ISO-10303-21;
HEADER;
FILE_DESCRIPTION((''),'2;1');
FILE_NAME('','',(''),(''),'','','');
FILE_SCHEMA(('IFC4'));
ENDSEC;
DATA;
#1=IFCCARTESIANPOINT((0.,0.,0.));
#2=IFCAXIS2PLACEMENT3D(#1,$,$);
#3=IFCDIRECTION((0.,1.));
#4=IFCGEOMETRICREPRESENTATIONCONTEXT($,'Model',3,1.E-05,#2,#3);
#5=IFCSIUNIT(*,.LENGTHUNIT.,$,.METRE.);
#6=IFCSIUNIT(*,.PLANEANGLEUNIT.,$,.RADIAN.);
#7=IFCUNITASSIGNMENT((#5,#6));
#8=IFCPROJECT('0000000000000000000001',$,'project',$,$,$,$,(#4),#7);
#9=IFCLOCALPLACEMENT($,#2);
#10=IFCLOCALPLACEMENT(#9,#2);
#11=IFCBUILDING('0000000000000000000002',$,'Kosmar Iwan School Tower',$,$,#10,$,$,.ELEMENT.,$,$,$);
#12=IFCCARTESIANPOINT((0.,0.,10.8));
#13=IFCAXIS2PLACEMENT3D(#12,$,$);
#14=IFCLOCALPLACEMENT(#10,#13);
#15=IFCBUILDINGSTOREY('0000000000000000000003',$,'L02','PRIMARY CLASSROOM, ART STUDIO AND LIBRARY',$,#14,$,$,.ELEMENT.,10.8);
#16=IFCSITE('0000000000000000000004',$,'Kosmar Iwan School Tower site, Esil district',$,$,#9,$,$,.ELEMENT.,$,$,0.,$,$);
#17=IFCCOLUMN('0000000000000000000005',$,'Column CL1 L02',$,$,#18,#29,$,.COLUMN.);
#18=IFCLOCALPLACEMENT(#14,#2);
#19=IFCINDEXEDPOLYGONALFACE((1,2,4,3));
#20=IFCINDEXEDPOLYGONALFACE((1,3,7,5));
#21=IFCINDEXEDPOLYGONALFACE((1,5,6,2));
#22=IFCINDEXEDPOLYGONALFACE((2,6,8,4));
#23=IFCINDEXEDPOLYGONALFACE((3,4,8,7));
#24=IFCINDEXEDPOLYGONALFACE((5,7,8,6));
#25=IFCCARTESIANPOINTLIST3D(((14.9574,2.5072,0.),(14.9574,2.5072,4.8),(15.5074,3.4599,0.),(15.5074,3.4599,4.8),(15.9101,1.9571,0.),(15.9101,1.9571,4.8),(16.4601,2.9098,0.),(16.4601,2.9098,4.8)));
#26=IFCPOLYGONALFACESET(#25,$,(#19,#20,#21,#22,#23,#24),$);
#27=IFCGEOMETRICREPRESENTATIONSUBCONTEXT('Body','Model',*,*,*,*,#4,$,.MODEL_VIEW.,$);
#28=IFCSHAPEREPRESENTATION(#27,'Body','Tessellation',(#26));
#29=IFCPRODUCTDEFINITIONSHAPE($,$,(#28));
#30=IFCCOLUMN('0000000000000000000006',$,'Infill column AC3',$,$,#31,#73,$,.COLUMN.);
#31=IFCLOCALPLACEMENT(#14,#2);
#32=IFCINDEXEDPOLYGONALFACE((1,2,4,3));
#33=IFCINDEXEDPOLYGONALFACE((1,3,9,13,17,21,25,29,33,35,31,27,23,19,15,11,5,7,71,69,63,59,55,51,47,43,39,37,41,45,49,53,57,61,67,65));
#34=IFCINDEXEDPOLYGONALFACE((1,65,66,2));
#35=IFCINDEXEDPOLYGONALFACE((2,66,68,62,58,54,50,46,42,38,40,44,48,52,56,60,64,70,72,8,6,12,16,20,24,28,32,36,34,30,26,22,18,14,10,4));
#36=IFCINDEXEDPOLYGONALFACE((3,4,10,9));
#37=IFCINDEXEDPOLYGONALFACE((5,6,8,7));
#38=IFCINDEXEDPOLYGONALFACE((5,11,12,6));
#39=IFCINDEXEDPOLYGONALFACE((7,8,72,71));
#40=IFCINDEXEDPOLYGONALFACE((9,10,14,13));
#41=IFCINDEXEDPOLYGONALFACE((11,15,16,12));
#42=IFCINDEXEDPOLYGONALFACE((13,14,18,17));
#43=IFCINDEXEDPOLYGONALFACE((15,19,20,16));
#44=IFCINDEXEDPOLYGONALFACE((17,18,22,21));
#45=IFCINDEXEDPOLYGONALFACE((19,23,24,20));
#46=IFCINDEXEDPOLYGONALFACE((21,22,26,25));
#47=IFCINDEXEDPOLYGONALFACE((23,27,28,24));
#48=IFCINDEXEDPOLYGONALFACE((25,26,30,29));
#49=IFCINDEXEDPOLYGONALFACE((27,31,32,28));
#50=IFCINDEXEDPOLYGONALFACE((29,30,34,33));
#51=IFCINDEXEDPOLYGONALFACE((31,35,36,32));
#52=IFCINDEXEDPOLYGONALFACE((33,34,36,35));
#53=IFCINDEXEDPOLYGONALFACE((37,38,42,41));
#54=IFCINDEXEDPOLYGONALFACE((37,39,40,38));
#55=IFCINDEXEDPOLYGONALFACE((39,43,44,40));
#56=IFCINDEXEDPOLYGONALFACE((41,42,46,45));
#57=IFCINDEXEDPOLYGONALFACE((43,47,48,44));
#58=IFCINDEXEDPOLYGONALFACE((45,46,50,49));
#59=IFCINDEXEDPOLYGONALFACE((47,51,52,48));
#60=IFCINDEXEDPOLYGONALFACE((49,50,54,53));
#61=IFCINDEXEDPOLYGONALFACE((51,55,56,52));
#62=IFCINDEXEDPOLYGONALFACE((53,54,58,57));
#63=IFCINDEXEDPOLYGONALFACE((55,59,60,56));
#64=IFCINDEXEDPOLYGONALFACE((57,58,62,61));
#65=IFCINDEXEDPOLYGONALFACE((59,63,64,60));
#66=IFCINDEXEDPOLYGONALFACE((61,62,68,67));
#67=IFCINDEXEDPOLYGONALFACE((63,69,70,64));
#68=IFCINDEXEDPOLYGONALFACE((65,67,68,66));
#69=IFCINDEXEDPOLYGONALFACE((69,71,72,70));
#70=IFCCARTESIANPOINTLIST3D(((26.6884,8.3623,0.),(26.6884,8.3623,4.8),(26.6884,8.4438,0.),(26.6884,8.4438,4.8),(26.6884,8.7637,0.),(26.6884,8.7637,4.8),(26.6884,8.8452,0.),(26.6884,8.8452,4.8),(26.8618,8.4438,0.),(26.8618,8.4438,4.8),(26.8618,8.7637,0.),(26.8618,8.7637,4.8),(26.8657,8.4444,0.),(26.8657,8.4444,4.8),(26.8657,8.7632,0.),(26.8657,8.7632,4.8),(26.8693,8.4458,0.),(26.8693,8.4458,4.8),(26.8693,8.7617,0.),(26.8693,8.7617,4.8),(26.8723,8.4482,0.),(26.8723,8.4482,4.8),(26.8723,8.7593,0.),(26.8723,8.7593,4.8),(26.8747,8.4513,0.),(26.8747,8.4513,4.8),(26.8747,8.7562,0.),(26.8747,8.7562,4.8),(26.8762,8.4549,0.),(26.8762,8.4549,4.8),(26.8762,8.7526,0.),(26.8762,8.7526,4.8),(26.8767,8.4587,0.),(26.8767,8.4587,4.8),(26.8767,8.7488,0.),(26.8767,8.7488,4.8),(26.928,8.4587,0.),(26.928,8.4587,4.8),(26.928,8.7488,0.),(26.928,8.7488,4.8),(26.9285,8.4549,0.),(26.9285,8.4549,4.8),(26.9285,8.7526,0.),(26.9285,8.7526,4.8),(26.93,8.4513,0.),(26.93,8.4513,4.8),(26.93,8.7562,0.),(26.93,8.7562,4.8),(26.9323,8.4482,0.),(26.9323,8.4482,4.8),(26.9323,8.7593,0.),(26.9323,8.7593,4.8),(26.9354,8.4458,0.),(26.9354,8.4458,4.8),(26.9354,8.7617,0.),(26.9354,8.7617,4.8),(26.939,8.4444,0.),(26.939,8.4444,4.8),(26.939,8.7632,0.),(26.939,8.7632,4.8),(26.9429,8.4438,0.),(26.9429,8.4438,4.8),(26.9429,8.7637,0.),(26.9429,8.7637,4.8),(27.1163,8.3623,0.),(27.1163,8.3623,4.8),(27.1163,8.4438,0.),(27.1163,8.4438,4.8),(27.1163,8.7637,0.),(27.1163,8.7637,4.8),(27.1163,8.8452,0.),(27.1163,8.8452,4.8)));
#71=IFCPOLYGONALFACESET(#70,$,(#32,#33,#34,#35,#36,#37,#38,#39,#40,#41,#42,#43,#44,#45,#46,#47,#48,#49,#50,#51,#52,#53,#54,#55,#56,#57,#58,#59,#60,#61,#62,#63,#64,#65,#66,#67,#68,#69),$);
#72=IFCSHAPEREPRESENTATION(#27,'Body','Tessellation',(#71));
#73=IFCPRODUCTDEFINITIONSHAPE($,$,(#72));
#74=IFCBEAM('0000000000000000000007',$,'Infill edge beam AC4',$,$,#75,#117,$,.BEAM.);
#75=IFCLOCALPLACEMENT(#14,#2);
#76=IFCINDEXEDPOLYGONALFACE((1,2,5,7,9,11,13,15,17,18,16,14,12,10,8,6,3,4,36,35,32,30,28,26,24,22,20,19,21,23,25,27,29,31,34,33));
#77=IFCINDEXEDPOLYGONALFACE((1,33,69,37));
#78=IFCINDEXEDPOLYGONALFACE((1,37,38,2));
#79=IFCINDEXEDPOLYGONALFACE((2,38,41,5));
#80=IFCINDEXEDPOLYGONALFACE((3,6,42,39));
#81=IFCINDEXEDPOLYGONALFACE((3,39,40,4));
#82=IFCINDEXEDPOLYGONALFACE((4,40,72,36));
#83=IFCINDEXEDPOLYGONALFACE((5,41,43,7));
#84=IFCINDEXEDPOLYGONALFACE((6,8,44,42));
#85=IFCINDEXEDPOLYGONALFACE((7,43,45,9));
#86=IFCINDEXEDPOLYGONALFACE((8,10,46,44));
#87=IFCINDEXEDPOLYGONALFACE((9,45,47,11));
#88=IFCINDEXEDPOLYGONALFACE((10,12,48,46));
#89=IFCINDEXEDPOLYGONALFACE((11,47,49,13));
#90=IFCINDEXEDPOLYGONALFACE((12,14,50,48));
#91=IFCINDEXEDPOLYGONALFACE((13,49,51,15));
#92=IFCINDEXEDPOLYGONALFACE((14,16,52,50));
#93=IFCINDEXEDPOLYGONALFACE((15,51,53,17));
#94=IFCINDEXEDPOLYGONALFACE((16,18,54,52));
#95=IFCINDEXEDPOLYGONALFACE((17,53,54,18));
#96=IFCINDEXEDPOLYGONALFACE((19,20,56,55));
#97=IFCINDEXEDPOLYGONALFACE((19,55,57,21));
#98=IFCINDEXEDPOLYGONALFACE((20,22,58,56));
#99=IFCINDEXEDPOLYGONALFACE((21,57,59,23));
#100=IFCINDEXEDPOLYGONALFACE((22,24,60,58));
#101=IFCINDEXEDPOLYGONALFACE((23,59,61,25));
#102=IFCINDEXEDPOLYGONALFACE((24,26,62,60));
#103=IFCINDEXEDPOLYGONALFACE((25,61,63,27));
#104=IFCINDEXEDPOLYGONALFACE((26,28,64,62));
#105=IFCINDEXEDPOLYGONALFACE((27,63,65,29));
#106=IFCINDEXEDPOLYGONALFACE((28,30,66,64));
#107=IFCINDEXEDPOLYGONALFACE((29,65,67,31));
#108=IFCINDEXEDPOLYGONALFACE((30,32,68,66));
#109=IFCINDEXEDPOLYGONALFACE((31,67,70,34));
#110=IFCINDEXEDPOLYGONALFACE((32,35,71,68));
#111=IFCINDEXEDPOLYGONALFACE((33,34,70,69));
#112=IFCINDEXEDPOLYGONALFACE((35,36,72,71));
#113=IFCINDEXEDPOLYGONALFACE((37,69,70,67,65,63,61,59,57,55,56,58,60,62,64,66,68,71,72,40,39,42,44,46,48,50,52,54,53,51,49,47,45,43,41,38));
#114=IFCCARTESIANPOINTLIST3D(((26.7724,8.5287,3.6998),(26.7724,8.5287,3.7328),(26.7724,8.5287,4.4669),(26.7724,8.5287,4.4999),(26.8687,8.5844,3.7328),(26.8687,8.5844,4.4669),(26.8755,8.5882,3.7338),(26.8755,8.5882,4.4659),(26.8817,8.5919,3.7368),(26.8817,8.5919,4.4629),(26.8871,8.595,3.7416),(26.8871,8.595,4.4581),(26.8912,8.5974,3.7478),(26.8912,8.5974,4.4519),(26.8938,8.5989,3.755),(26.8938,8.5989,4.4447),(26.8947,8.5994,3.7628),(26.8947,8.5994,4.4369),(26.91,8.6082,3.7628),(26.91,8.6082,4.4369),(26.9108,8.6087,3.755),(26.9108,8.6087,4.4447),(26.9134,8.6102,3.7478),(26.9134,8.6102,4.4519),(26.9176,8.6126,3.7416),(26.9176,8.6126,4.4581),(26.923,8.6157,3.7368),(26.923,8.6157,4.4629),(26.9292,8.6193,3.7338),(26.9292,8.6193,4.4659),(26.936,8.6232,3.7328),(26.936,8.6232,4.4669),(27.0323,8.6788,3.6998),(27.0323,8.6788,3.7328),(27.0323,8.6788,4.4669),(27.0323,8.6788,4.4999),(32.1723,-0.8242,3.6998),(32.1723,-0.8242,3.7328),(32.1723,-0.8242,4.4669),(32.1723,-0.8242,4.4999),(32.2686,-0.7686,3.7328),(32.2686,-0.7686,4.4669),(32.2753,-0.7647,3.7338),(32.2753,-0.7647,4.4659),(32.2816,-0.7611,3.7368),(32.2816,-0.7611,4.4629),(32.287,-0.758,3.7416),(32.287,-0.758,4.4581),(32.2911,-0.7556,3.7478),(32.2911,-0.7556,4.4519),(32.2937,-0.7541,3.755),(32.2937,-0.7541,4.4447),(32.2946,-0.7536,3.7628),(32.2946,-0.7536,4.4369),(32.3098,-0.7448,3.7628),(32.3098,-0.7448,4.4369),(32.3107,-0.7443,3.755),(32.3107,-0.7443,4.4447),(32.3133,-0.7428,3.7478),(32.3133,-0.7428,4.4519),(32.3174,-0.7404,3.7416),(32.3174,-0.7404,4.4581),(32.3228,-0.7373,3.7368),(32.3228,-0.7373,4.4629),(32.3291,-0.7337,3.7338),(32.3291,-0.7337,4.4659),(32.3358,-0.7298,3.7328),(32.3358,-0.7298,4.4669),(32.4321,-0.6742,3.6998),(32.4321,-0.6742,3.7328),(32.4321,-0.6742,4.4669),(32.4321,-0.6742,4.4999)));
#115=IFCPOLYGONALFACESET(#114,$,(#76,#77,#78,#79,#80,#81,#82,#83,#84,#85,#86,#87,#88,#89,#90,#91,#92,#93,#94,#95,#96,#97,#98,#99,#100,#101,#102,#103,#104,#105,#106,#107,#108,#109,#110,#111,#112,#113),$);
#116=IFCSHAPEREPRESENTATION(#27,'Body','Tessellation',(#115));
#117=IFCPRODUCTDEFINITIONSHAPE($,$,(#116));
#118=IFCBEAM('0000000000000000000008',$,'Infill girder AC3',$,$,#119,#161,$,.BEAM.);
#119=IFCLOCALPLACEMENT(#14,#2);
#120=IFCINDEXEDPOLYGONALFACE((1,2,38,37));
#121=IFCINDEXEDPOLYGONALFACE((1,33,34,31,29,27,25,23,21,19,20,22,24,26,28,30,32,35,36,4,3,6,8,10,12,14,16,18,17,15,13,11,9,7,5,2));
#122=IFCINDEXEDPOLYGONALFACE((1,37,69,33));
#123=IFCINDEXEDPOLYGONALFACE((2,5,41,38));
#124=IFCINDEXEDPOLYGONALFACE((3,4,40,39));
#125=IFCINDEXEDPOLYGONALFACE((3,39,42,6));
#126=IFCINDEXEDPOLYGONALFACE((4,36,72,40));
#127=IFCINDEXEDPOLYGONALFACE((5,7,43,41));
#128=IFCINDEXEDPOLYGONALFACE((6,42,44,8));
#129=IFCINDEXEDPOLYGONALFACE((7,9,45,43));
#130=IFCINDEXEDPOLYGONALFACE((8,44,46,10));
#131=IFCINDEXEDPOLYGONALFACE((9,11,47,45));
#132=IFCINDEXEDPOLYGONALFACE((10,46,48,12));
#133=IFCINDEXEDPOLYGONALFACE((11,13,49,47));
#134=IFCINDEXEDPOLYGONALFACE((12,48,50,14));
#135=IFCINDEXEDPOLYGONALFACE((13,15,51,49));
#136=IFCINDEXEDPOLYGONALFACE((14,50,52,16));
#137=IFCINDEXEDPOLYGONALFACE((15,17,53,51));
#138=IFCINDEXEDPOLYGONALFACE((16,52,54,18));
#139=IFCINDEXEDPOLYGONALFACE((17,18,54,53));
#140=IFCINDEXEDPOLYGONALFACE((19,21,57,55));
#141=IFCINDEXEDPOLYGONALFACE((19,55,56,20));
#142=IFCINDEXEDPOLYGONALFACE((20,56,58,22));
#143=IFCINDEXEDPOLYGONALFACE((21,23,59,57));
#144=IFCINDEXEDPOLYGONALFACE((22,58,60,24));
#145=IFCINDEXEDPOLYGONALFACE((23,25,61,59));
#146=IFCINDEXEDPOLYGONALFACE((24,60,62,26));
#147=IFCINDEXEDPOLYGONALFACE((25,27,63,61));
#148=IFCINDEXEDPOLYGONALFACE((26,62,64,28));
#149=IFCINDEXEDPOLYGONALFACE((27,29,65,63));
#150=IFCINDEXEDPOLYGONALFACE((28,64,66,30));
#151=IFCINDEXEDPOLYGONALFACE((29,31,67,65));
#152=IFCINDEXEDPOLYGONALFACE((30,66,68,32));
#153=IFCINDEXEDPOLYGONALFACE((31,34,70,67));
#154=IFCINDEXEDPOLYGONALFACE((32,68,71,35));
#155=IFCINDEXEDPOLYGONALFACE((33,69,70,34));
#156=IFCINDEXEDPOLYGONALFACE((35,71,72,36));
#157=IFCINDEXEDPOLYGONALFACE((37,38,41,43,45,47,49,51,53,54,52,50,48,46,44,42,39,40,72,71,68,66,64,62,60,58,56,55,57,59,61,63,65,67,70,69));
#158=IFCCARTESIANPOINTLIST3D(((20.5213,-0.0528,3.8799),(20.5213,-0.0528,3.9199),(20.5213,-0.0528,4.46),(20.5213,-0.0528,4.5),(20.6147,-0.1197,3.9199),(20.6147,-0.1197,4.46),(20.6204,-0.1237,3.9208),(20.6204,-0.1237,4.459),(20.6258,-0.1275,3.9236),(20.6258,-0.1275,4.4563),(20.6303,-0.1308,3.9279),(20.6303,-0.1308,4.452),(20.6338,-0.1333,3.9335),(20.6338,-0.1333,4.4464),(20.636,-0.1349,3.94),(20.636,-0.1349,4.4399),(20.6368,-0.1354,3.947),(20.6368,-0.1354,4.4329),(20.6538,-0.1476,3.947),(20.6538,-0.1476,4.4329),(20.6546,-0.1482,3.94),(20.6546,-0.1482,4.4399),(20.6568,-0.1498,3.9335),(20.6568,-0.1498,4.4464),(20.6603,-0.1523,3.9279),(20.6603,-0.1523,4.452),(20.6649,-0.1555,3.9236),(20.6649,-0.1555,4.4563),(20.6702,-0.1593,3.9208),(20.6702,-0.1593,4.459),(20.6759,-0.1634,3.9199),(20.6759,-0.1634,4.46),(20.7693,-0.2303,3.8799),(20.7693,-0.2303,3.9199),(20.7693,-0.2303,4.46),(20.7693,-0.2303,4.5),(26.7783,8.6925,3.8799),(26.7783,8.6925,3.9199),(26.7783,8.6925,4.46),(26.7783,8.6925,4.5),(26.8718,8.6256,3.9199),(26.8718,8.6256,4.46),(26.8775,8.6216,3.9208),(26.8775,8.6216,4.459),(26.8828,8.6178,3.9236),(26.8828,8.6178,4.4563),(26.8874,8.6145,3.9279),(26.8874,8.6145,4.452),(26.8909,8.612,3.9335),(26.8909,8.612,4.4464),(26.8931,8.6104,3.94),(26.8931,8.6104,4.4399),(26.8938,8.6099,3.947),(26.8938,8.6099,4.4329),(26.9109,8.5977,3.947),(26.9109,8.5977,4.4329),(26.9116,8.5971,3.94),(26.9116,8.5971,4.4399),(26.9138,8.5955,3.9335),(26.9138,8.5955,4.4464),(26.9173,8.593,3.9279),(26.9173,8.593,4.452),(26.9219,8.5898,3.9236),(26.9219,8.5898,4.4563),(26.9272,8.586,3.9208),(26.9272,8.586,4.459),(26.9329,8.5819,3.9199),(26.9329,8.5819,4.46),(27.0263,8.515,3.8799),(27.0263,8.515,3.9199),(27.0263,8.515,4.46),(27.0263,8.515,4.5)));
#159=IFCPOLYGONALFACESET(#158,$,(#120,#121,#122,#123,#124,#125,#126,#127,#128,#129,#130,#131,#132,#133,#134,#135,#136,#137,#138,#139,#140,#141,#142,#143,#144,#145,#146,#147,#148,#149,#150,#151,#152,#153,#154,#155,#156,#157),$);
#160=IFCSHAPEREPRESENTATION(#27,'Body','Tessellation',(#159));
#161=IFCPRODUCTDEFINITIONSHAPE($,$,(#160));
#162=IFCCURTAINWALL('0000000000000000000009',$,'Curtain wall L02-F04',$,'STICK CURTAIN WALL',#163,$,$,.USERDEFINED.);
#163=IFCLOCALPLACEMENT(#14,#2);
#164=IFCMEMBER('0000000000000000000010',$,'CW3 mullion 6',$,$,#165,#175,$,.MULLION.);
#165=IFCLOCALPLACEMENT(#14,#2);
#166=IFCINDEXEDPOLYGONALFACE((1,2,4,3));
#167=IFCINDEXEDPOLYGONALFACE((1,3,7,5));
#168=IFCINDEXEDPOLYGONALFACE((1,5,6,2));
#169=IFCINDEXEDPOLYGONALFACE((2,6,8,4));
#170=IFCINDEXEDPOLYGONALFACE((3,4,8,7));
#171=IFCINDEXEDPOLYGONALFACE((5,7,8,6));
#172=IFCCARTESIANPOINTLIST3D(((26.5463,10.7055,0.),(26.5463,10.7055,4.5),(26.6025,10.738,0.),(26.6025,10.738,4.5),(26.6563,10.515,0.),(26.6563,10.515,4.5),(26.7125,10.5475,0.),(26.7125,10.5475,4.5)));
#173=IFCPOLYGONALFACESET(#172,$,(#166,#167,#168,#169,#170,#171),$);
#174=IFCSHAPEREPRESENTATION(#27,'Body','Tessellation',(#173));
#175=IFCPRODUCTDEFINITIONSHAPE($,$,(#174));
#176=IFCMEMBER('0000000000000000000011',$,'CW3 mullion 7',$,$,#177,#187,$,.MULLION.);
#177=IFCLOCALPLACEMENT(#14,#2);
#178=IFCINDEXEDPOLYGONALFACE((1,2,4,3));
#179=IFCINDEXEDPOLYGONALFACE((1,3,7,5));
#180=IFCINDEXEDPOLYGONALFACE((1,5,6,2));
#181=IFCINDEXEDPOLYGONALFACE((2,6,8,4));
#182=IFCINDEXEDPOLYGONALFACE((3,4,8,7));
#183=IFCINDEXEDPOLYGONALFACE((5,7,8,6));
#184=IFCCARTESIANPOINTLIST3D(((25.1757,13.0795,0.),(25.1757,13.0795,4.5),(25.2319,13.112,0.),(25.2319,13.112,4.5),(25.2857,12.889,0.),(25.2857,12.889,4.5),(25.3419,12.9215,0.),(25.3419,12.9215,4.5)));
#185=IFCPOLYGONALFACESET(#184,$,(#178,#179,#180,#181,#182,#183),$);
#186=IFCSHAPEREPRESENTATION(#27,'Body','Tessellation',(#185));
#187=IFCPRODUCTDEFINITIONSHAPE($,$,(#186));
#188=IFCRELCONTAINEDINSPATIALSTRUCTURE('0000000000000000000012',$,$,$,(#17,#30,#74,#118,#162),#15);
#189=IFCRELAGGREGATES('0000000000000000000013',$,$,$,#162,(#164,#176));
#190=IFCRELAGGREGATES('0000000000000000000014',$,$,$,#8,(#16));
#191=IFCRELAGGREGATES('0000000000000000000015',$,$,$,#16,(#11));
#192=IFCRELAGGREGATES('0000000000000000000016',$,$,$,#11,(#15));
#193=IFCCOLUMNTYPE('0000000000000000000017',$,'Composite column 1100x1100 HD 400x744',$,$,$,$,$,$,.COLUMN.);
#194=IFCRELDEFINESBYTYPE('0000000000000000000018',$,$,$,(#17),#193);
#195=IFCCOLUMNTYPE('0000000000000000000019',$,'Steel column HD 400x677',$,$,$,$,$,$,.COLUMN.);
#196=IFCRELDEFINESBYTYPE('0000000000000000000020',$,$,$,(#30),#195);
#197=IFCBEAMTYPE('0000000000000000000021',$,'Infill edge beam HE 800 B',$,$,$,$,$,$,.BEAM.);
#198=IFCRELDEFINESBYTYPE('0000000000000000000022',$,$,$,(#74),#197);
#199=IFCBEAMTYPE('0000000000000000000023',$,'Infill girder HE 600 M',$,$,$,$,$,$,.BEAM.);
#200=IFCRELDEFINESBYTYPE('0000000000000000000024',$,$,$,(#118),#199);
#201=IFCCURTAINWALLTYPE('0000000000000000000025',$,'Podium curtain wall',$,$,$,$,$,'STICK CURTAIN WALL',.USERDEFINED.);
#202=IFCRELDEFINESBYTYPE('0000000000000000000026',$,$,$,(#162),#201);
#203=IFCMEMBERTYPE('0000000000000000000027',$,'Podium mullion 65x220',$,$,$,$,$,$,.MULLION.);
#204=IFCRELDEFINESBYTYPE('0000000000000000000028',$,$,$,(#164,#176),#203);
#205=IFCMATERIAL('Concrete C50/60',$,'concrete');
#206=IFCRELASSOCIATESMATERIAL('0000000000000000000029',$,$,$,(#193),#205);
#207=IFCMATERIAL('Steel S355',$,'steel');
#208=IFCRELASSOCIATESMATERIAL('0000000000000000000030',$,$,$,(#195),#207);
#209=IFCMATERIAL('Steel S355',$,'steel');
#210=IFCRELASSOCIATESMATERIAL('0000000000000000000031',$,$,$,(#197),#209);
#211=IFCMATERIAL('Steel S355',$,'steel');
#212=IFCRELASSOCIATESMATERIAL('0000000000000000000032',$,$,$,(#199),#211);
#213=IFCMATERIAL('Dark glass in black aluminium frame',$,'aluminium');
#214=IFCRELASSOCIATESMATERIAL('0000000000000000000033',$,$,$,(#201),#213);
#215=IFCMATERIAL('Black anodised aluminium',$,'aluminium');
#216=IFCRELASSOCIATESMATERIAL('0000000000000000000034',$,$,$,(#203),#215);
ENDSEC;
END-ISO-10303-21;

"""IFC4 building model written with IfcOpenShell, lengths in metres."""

from ifc_helpers import new_model, si_unit, direction, frame, origin, origin_2d, place, context, subcontext, project, spatial, rectangle, i_section, extrude, material, material_profile, profile_set, type_object, element, aggregate, save


model = new_model("IFC4")

# Units and contexts
model_context = context("Model", 3, precision=1e-05, world=origin(), true_north=direction((0.0, 1.0)))
body_context = subcontext(model_context, "Body", "Model", "MODEL_VIEW")
ifc_project = project(units=[si_unit("LENGTHUNIT", "METRE"), si_unit("PLANEANGLEUNIT", "RADIAN")], contexts=[model_context])

# Site, building, storey
site_placement = place(None, origin())
site = spatial("IfcSite", under=ifc_project, at=site_placement, Name="Kosmar Iwan School Tower site, Esil district", CompositionType="ELEMENT", RefElevation=0.0)
building_placement = place(site_placement, origin())
building = spatial("IfcBuilding", under=site, at=building_placement, Name="Kosmar Iwan School Tower", CompositionType="ELEMENT")
storey_placement = place(building_placement, frame((0.0, 0.0, 10.8)))
storey = spatial("IfcBuildingStorey", under=building, at=storey_placement, Name="L02", Description="PRIMARY CLASSROOM, ART STUDIO AND LIBRARY", CompositionType="ELEMENT", Elevation=10.8)

# Columns
ifc_material_1 = material(Name="Concrete C50/60", Category="concrete")
ifc_material_profile_1 = material_profile(ifc_material_1, rectangle(XDim=1.1001, YDim=1.1001, at=origin_2d()), Name="RC 1100x1100 + HD 400x744")
ifc_profile_set_1 = profile_set([ifc_material_profile_1], Name="Concrete C50/60")
column_type_1 = type_object("IfcColumnType", Name="Composite column 1100x1100 HD 400x744", PredefinedType="COLUMN", material=ifc_profile_set_1)
column_1_placement = place(storey_placement, frame((15.7087, 2.7085, 0.0), z_axis=(0.0, 0.0, 1.0), x_axis=(0.866025, -0.5, 0.0)))
element("IfcColumn", 1, at=column_1_placement, inside=storey, type_object=column_type_1, Name="Column CL1 L02", PredefinedType="COLUMN", context=body_context, shape_type="SweptSolid", body=[
    extrude(rectangle(XDim=1.1001, YDim=1.1001, at=origin_2d()), origin(), (0.0, 0.0, 1.0), 4.8),
])
ifc_material_2 = material(Name="Steel S355", Category="steel")
ifc_material_profile_2 = material_profile(ifc_material_2, i_section(OverallWidth=0.428, OverallDepth=0.4829, WebThickness=0.0513, FlangeThickness=0.0815, FilletRadius=0.0149, at=origin_2d()), Name="HD 400x677")
ifc_profile_set_2 = profile_set([ifc_material_profile_2], Name="Steel S355")
column_type_2 = type_object("IfcColumnType", Name="Steel column HD 400x677", PredefinedType="COLUMN", material=ifc_profile_set_2)
column_2_placement = place(storey_placement, frame((26.9023, 8.6038, 0.0), z_axis=(0.0, 0.0, 1.0), x_axis=(1.0, 0.0, 0.0)))
element("IfcColumn", 2, at=column_2_placement, inside=storey, type_object=column_type_2, Name="Infill column AC3", PredefinedType="COLUMN", context=body_context, shape_type="SweptSolid", body=[
    extrude(i_section(OverallWidth=0.428, OverallDepth=0.4829, WebThickness=0.0513, FlangeThickness=0.0815, FilletRadius=0.0149, at=origin_2d()), origin(), (0.0, 0.0, 1.0), 4.8),
])

# Beams
ifc_material_3 = material(Name="Steel S355", Category="steel")
ifc_material_profile_3 = material_profile(ifc_material_3, i_section(OverallWidth=0.3, OverallDepth=0.8, WebThickness=0.0176, FlangeThickness=0.033, FilletRadius=0.03, at=origin_2d()), Name="HE 800 B")
ifc_profile_set_3 = profile_set([ifc_material_profile_3], Name="Steel S355")
beam_type_1 = type_object("IfcBeamType", Name="Infill edge beam HE 800 B", PredefinedType="BEAM", material=ifc_profile_set_3)
beam_1_placement = place(storey_placement, frame((26.9023, 8.6038, 4.0999), z_axis=(0.499995, -0.866028, 0.0), x_axis=(0.866028, 0.499995, 0.0)))
element("IfcBeam", 3, at=beam_1_placement, inside=storey, type_object=beam_type_1, Name="Infill edge beam AC4", PredefinedType="BEAM", context=body_context, shape_type="SweptSolid", body=[
    extrude(i_section(OverallWidth=0.3, OverallDepth=0.8, WebThickness=0.0176, FlangeThickness=0.033, FilletRadius=0.03, at=origin_2d()), origin(), (0.0, 0.0, 1.0), 10.7998),
])
ifc_material_4 = material(Name="Steel S355", Category="steel")
ifc_material_profile_4 = material_profile(ifc_material_4, i_section(OverallWidth=0.3049, OverallDepth=0.6201, WebThickness=0.021, FlangeThickness=0.04, FilletRadius=0.0271, at=origin_2d()), Name="HE 600 M")
ifc_profile_set_4 = profile_set([ifc_material_profile_4], Name="Steel S355")
beam_type_2 = type_object("IfcBeamType", Name="Infill girder HE 600 M", PredefinedType="BEAM", material=ifc_profile_set_4)
beam_2_placement = place(storey_placement, frame((26.9023, 8.6038, 4.1899), z_axis=(-0.581878, -0.813276, 0.0), x_axis=(0.813276, -0.581878, 0.0)))
element("IfcBeam", 4, at=beam_2_placement, inside=storey, type_object=beam_type_2, Name="Infill girder AC3", PredefinedType="BEAM", context=body_context, shape_type="SweptSolid", body=[
    extrude(i_section(OverallWidth=0.3049, OverallDepth=0.6201, WebThickness=0.021, FlangeThickness=0.04, FilletRadius=0.0271, at=origin_2d()), origin(), (0.0, 0.0, 1.0), 10.7532),
])

# Curtain wall, members
ifc_material_5 = material(Name="Dark glass in black aluminium frame", Category="aluminium")
curtain_wall_type = type_object("IfcCurtainWallType", Name="Podium curtain wall", ElementType="STICK CURTAIN WALL", PredefinedType="USERDEFINED", material=ifc_material_5)
curtain_wall_placement = place(storey_placement, origin())
curtain_wall = element("IfcCurtainWall", 5, at=curtain_wall_placement, inside=storey, type_object=curtain_wall_type, Name="Curtain wall L02-F04", ObjectType="STICK CURTAIN WALL", PredefinedType="USERDEFINED")
ifc_material_6 = material(Name="Black anodised aluminium", Category="aluminium")
ifc_material_profile_5 = material_profile(ifc_material_6, rectangle(XDim=0.0649, YDim=0.22, at=origin_2d()), Name="MULLION 65x220")
ifc_profile_set_5 = profile_set([ifc_material_profile_5], Name="Black anodised aluminium")
member_type_1 = type_object("IfcMemberType", Name="Podium mullion 65x220", PredefinedType="MULLION", material=ifc_profile_set_5)
member_1_placement = place(storey_placement, frame((26.6294, 10.6265, 0.0), z_axis=(0.0, 0.0, 1.0), x_axis=(-0.866025, -0.5, 0.0)))
member_1 = element("IfcMember", 6, at=member_1_placement, type_object=member_type_1, Name="CW3 mullion 6", PredefinedType="MULLION", context=body_context, shape_type="SweptSolid", body=[
    extrude(rectangle(XDim=0.0649, YDim=0.22, at=origin_2d()), origin(), (0.0, 0.0, 1.0), 4.5),
])
member_2_placement = place(storey_placement, frame((25.2588, 13.0005, 0.0), z_axis=(0.0, 0.0, 1.0), x_axis=(-0.866025, -0.5, 0.0)))
member_2 = element("IfcMember", 7, at=member_2_placement, type_object=member_type_1, Name="CW3 mullion 7", PredefinedType="MULLION", context=body_context, shape_type="SweptSolid", body=[
    extrude(rectangle(XDim=0.0649, YDim=0.22, at=origin_2d()), origin(), (0.0, 0.0, 1.0), 4.5),
])

aggregate(curtain_wall, [member_1, member_2])

save(model, "model.ifc")
